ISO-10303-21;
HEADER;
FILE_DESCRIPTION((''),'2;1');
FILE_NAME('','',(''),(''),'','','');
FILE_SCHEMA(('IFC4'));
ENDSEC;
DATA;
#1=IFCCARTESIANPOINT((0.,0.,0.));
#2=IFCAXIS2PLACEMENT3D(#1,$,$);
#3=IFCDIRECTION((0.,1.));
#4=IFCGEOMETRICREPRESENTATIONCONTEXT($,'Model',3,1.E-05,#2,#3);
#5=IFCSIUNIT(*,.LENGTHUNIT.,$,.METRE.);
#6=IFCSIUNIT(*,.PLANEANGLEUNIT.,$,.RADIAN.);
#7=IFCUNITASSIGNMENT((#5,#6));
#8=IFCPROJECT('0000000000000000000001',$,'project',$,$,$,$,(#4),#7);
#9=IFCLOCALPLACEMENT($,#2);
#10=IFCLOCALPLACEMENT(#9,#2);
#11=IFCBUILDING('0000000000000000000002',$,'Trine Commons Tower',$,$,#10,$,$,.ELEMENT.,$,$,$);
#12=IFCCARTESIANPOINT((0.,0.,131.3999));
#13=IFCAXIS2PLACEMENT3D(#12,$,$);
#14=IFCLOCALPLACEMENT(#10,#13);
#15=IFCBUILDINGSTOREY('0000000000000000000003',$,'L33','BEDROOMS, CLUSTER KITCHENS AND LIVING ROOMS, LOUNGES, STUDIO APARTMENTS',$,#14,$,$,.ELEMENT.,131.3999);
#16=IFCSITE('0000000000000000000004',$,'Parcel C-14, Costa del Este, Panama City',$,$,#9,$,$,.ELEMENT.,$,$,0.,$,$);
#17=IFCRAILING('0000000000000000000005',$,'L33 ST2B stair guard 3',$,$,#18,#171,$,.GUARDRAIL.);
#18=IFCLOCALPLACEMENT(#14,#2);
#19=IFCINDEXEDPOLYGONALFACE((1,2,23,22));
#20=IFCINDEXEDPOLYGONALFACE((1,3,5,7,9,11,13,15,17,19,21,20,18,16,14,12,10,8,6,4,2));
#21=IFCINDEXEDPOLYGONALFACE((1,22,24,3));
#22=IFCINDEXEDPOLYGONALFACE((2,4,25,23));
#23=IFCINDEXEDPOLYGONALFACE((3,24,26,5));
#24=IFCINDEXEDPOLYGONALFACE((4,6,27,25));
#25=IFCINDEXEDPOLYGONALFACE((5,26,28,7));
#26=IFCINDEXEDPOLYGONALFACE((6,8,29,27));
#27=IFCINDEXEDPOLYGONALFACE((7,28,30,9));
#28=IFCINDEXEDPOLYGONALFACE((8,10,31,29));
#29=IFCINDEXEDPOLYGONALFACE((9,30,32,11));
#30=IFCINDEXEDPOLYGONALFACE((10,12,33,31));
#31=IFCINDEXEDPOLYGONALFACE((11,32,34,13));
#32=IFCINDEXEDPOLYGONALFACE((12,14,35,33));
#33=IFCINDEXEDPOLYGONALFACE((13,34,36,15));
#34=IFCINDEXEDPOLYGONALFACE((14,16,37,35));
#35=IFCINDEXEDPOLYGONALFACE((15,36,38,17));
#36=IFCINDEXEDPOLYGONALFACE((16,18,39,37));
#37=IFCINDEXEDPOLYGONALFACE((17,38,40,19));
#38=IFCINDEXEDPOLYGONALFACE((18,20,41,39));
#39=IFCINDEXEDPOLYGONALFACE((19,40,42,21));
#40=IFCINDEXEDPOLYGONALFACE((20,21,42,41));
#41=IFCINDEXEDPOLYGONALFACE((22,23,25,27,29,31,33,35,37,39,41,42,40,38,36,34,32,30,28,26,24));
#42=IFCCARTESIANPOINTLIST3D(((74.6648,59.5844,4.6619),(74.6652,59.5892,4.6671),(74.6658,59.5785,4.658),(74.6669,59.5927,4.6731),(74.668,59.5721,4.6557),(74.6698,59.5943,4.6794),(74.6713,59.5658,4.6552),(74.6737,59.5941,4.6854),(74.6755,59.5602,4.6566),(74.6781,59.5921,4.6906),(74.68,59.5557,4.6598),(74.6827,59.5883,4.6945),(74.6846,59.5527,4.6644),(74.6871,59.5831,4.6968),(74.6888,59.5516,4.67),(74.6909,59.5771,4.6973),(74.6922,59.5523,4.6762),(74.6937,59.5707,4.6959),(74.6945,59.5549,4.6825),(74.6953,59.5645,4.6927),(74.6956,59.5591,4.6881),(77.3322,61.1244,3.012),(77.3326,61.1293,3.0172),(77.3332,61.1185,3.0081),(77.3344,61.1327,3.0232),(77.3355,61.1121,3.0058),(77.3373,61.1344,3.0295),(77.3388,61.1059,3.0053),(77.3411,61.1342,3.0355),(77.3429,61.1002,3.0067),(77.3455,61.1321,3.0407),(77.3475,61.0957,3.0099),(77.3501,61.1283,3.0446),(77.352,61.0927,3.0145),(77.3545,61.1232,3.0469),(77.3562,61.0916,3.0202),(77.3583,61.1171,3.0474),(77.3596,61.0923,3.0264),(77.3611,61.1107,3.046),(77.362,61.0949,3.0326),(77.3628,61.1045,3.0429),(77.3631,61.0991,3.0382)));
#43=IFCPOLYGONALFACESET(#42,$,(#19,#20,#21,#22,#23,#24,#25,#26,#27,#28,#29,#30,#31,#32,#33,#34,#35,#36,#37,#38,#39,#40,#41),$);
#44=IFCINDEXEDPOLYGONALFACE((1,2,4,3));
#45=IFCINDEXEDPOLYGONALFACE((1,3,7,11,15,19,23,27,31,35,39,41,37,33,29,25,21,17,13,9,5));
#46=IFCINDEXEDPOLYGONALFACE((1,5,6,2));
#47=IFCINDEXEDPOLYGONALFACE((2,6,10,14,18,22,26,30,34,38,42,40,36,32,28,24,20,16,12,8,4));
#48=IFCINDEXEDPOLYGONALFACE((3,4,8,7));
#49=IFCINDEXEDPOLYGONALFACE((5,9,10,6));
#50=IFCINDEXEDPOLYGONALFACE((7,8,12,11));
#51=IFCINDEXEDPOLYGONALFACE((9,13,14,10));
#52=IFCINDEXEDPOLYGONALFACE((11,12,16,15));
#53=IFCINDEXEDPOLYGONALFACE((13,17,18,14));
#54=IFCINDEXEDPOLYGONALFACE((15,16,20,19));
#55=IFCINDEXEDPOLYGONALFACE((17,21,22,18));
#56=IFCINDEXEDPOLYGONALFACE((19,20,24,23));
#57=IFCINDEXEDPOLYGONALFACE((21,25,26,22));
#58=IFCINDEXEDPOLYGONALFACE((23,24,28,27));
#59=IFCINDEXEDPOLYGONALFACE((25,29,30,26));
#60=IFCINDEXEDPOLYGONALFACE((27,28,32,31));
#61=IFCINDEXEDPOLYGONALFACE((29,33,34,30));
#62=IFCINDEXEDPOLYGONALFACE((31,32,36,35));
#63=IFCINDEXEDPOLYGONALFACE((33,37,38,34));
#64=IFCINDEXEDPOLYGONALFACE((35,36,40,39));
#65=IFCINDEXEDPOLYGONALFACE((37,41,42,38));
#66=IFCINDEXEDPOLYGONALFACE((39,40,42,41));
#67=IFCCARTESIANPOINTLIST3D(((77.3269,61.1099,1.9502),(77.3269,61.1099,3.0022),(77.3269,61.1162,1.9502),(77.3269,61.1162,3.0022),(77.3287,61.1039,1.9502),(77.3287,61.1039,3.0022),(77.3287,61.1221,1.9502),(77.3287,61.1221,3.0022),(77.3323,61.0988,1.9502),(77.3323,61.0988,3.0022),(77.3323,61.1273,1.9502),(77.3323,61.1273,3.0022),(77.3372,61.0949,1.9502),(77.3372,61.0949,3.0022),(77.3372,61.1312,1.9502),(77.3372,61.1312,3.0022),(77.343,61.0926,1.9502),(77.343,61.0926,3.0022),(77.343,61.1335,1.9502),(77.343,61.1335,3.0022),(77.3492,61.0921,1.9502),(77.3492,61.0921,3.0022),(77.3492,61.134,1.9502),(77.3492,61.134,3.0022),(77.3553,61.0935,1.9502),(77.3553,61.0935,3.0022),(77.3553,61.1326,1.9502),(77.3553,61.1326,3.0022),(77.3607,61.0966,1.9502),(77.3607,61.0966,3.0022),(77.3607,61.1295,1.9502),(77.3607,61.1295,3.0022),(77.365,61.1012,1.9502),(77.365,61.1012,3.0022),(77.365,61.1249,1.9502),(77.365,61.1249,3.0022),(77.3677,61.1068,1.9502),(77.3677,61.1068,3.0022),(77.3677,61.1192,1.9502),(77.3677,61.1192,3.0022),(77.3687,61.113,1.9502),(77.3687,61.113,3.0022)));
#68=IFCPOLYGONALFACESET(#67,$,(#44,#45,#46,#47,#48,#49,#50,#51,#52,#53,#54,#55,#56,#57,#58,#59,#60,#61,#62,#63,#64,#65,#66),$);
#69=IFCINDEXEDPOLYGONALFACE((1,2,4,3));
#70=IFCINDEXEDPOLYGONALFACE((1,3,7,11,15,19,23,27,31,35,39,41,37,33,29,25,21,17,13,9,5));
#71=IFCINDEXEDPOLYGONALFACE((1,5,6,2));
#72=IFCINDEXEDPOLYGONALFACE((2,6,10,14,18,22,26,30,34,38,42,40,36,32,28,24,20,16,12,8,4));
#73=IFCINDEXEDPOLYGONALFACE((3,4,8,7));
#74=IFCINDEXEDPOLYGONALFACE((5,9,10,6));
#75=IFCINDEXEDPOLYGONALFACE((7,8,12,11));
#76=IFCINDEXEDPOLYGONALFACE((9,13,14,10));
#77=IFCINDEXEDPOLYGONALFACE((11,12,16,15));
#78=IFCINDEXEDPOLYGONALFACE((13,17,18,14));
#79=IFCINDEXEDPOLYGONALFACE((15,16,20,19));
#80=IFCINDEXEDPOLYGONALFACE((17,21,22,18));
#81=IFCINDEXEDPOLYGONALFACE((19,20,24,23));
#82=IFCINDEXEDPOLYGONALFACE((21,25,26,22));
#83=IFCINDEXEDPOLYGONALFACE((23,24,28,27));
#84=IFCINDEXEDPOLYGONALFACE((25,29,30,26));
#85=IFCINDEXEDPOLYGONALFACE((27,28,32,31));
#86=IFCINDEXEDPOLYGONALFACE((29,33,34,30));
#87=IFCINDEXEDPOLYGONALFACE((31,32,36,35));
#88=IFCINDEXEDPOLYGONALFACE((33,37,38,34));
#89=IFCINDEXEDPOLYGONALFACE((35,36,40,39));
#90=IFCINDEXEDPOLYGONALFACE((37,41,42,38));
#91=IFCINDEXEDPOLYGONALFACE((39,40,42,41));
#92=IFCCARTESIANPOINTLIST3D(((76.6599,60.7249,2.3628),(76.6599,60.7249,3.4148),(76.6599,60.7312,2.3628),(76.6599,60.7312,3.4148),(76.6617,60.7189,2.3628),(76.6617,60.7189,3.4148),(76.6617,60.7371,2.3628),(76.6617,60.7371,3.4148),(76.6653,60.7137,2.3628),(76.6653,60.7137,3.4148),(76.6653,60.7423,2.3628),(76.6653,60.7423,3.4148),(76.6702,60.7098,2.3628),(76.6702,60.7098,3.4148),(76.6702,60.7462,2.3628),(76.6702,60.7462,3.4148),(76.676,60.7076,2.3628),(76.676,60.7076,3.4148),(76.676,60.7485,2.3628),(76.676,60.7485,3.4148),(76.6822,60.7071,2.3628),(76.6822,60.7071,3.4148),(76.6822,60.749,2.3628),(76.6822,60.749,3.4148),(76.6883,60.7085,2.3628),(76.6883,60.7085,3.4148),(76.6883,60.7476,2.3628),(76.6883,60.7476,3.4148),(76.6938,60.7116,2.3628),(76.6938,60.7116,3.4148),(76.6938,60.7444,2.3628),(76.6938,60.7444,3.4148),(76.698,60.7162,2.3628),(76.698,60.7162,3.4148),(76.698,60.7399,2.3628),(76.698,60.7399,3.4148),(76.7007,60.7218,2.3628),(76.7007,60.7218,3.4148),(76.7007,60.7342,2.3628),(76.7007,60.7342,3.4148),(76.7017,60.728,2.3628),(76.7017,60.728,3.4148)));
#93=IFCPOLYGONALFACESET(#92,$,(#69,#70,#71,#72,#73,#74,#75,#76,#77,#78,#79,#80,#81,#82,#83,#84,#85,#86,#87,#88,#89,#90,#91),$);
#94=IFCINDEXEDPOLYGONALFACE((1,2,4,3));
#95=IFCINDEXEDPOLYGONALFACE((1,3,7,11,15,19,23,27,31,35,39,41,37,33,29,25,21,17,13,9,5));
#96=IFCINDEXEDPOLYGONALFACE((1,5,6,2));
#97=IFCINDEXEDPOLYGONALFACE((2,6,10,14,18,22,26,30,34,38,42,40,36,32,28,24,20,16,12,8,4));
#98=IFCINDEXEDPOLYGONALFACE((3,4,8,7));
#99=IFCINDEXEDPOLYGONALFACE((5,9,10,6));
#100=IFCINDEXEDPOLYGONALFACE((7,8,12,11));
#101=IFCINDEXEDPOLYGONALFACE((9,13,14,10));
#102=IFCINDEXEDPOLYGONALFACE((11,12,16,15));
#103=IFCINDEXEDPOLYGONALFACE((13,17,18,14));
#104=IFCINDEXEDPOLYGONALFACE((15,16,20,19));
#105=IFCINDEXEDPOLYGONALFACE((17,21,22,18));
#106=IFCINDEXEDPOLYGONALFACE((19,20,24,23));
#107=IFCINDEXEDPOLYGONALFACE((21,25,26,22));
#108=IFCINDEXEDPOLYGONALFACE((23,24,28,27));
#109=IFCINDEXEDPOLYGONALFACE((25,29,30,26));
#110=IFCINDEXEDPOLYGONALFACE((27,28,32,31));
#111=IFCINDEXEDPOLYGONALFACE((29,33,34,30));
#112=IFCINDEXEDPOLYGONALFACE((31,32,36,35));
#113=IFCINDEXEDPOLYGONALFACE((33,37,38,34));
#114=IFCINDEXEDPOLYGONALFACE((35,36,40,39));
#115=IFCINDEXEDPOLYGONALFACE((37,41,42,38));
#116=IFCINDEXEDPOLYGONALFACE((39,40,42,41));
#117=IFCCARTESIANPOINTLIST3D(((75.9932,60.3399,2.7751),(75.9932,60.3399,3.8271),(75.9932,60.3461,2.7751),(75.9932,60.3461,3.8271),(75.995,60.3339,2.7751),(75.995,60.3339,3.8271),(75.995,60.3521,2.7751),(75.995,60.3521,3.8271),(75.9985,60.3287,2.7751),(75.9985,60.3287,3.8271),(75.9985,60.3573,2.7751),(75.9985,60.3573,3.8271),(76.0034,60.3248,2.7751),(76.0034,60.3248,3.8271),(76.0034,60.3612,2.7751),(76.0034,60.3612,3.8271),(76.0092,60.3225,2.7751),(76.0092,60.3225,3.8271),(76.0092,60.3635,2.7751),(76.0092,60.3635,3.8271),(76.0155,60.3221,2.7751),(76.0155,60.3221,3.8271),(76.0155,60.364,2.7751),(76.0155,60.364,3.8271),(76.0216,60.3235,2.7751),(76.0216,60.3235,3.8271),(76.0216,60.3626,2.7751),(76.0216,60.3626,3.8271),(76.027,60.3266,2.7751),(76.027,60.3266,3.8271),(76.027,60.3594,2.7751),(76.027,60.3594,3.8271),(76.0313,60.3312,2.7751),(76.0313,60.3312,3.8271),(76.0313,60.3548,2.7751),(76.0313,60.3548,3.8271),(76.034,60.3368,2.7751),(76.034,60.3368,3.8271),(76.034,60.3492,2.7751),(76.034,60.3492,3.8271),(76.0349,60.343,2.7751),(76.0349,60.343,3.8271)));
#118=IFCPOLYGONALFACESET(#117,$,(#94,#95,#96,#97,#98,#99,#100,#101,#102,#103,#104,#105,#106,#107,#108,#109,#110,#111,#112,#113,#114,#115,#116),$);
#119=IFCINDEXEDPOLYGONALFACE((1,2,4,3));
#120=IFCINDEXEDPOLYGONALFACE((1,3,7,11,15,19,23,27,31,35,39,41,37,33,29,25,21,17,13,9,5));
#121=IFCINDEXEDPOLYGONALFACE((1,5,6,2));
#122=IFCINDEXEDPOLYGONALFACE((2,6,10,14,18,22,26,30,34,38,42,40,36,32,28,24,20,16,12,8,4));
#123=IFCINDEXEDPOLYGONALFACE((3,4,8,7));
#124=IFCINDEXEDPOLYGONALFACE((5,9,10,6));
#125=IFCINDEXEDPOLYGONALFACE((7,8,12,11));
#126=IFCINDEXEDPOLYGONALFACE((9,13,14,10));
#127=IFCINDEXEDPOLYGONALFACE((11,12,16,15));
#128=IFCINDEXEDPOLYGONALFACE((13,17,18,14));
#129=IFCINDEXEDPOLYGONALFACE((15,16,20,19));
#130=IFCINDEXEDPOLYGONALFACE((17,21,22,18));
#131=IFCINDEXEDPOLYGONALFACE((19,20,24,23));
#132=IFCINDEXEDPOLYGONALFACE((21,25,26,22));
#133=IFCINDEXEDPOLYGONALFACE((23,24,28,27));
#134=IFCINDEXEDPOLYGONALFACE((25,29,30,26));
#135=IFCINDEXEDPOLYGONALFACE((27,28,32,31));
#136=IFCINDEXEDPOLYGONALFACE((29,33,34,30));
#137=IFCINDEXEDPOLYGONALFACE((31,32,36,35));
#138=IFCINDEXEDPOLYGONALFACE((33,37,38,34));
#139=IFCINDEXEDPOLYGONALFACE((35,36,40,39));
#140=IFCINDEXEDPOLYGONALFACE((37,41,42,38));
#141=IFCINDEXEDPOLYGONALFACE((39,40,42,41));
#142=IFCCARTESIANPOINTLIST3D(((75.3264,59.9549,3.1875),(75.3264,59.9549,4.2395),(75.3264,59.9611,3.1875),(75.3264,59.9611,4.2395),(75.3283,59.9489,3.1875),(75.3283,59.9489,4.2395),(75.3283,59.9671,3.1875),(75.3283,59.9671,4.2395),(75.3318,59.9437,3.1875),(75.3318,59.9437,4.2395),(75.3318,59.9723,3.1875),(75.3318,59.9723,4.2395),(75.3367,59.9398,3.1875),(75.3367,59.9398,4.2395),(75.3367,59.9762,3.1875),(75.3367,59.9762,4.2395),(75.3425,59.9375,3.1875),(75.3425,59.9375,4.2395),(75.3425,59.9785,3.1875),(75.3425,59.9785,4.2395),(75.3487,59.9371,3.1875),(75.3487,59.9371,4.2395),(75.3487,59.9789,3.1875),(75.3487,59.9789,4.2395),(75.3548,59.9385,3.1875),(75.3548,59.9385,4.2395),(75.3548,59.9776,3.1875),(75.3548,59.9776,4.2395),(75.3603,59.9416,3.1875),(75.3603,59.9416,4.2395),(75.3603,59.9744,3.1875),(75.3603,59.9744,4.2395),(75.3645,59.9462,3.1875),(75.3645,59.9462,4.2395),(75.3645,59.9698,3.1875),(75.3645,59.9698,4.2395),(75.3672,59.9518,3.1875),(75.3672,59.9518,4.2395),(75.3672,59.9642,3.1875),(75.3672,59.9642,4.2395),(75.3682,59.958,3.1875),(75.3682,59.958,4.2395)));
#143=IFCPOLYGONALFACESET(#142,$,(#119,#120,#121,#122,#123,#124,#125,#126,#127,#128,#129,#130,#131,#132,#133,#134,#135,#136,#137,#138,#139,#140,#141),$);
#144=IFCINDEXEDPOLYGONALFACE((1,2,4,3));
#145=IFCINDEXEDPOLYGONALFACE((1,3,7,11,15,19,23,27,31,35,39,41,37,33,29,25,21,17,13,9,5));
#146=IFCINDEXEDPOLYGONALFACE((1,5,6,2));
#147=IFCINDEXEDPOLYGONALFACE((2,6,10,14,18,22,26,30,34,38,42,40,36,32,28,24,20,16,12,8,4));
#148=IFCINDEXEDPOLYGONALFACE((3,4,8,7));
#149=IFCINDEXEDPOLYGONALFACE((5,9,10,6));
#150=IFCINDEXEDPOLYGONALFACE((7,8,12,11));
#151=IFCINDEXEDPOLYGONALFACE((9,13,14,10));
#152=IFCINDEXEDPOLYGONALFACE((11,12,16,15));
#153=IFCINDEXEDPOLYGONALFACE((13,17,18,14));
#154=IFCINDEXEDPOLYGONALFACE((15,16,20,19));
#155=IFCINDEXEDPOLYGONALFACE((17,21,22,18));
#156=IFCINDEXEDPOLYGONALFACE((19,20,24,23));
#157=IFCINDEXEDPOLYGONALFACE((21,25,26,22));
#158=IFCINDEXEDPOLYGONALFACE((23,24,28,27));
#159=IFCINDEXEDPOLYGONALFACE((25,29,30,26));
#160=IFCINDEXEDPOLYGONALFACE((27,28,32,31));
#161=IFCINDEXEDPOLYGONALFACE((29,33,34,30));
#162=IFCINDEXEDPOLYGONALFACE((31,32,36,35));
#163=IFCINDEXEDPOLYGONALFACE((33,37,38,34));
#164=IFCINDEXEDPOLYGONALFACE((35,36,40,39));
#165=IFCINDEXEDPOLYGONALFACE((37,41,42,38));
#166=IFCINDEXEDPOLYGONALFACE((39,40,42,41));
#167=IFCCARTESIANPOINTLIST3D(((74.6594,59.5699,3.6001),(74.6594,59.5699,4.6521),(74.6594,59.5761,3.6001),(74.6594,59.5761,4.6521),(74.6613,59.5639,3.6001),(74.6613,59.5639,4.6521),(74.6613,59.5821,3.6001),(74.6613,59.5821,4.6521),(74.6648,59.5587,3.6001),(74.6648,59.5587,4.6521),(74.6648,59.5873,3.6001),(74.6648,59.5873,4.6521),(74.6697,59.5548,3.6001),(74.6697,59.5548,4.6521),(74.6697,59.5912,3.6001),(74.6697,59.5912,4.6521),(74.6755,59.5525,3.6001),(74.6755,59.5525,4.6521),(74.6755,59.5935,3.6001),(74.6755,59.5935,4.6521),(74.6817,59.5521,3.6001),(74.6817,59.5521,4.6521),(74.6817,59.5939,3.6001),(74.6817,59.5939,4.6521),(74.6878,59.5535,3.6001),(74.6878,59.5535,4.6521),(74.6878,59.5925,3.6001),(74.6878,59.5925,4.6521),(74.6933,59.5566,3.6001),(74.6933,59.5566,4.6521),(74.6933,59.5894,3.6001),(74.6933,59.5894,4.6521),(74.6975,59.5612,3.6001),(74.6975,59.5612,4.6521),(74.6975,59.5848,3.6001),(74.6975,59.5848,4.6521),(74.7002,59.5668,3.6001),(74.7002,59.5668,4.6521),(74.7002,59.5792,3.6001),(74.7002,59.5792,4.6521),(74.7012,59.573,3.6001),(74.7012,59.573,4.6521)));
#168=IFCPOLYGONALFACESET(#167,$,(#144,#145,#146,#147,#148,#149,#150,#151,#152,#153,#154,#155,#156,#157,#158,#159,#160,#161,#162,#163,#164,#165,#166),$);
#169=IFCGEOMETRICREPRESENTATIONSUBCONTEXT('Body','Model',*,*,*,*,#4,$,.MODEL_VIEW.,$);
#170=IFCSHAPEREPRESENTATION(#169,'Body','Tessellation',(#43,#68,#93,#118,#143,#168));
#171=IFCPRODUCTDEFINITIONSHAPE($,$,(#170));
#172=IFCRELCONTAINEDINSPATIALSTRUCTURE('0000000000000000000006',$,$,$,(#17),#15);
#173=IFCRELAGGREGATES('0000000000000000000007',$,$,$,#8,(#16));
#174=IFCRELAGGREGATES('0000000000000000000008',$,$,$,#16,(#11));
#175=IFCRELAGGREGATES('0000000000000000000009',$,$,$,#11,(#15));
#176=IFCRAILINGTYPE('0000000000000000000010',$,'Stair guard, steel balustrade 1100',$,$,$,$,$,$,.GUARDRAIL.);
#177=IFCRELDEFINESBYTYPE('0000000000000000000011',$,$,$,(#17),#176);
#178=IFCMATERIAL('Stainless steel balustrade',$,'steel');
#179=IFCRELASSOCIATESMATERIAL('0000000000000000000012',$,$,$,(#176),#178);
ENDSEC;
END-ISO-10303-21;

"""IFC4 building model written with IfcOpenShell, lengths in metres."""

from ifc_helpers import new_model, si_unit, direction, frame, origin, origin_2d, place, context, subcontext, project, spatial, circle, extrude, material, type_object, element, save


model = new_model("IFC4")

# Units and contexts
model_context = context("Model", 3, precision=1e-05, world=origin(), true_north=direction((0.0, 1.0)))
body_context = subcontext(model_context, "Body", "Model", "MODEL_VIEW")
ifc_project = project(units=[si_unit("LENGTHUNIT", "METRE"), si_unit("PLANEANGLEUNIT", "RADIAN")], contexts=[model_context])

# Site, building, storey
site_placement = place(None, origin())
site = spatial("IfcSite", under=ifc_project, at=site_placement, Name="Parcel C-14, Costa del Este, Panama City", CompositionType="ELEMENT", RefElevation=0.0)
building_placement = place(site_placement, origin())
building = spatial("IfcBuilding", under=site, at=building_placement, Name="Trine Commons Tower", CompositionType="ELEMENT")
storey_placement = place(building_placement, frame((0.0, 0.0, 131.3999)))
storey = spatial("IfcBuildingStorey", under=building, at=storey_placement, Name="L33", Description="BEDROOMS, CLUSTER KITCHENS AND LIVING ROOMS, LOUNGES, STUDIO APARTMENTS", CompositionType="ELEMENT", Elevation=131.3999)

# Railing
ifc_material_1 = material(Name="Stainless steel balustrade", Category="steel")
railing_type_1 = type_object("IfcRailingType", Name="Stair guard, steel balustrade 1100", PredefinedType="GUARDRAIL", material=ifc_material_1)
railing_1_placement = place(storey_placement, frame((77.3477, 61.113, 1.9502)))
element("IfcRailing", 1, at=railing_1_placement, inside=storey, type_object=railing_type_1, Name="L33 ST2B stair guard 3", PredefinedType="GUARDRAIL", context=body_context, shape_type="SweptSolid", body=[
    extrude(circle(Radius=0.0239, at=origin_2d()), frame((0.0, 0.0, 1.0762), z_axis=(-0.763405, -0.440743, 0.472185), x_axis=(0.499992, -0.86603, 0.0)), (0.0, 0.0, 1.0), 3.4941),
    extrude(circle(Radius=0.021, at=origin_2d()), origin(), (0.0, 0.0, 1.0), 1.052),
    extrude(circle(Radius=0.021, at=origin_2d()), frame((-0.667, -0.385, 0.4126)), (0.0, 0.0, 1.0), 1.052),
    extrude(circle(Radius=0.021, at=origin_2d()), frame((-1.3337, -0.77, 0.825)), (0.0, 0.0, 1.0), 1.052),
    extrude(circle(Radius=0.021, at=origin_2d()), frame((-2.0005, -1.155, 1.2373)), (0.0, 0.0, 1.0), 1.052),
    extrude(circle(Radius=0.021, at=origin_2d()), frame((-2.6675, -1.54, 1.6499)), (0.0, 0.0, 1.0), 1.052),
])

save(model, "model.ifc")
